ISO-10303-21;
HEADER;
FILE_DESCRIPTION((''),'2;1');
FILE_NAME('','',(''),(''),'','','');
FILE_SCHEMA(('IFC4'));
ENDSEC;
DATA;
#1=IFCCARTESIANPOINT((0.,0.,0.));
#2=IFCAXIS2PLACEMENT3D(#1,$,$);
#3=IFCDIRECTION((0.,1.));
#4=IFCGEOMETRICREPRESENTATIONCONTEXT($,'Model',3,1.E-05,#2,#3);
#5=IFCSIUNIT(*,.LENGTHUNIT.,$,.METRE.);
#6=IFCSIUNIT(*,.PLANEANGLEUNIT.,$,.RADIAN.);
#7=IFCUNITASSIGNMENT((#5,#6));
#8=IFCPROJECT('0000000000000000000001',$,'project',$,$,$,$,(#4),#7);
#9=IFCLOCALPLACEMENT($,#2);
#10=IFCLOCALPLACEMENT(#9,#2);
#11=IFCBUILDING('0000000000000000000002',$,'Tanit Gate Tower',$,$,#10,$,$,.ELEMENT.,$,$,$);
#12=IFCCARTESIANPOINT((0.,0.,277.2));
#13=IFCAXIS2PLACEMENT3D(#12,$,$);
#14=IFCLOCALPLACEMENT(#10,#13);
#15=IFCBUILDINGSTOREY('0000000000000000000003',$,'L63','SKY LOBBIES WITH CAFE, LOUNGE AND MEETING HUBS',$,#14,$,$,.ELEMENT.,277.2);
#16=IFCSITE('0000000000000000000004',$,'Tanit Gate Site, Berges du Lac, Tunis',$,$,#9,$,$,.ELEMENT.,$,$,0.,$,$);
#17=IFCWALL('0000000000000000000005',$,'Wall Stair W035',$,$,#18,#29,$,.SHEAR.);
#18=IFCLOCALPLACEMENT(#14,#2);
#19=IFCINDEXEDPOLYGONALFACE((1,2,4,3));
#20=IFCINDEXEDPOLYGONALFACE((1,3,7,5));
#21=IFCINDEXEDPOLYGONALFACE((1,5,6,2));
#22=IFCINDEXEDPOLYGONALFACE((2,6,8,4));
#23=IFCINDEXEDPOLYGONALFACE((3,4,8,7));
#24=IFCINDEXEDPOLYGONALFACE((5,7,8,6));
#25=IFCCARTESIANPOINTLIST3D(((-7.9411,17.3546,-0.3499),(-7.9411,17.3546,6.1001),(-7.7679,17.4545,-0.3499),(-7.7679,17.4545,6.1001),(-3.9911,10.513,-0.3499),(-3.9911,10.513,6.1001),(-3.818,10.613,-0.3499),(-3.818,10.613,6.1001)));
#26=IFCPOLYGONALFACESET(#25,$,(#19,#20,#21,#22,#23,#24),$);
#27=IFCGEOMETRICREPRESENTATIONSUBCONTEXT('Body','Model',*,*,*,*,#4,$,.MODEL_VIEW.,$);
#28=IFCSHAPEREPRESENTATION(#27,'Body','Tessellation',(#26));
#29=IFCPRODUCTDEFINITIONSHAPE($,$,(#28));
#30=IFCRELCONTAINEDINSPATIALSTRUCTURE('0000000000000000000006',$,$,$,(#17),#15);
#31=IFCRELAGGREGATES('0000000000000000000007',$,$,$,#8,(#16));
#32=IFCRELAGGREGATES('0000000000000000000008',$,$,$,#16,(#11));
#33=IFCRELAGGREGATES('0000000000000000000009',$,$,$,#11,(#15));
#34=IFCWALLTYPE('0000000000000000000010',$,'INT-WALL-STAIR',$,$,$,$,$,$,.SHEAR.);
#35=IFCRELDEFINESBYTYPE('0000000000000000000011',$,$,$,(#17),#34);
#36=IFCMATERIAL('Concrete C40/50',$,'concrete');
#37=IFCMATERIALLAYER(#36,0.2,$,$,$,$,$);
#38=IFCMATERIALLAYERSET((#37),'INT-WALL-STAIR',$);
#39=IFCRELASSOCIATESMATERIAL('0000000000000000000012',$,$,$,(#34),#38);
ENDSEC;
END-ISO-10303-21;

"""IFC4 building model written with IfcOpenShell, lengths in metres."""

from ifc_helpers import new_model, si_unit, direction, frame, frame_2d, origin, place, context, subcontext, project, spatial, rectangle, extrude, material, layer, layer_set, type_object, element, save


model = new_model("IFC4")

# Units and contexts
model_context = context("Model", 3, precision=1e-05, world=origin(), true_north=direction((0.0, 1.0)))
body_context = subcontext(model_context, "Body", "Model", "MODEL_VIEW")
ifc_project = project(units=[si_unit("LENGTHUNIT", "METRE"), si_unit("PLANEANGLEUNIT", "RADIAN")], contexts=[model_context])

# Site, building, storey
site_placement = place(None, origin())
site = spatial("IfcSite", under=ifc_project, at=site_placement, Name="Tanit Gate Site, Berges du Lac, Tunis", CompositionType="ELEMENT", RefElevation=0.0)
building_placement = place(site_placement, origin())
building = spatial("IfcBuilding", under=site, at=building_placement, Name="Tanit Gate Tower", CompositionType="ELEMENT")
storey_placement = place(building_placement, frame((0.0, 0.0, 277.2)))
storey = spatial("IfcBuildingStorey", under=building, at=storey_placement, Name="L63", Description="SKY LOBBIES WITH CAFE, LOUNGE AND MEETING HUBS", CompositionType="ELEMENT", Elevation=277.2)

# Wall
ifc_material_1 = material(Name="Concrete C40/50", Category="concrete")
ifc_layer_1 = layer(ifc_material_1, 0.2)
ifc_layer_set_1 = layer_set([ifc_layer_1], Name="INT-WALL-STAIR")
wall_type_1 = type_object("IfcWallType", Name="INT-WALL-STAIR", PredefinedType="SHEAR", material=ifc_layer_set_1)
wall_1_placement = place(storey_placement, frame((-7.8545, 17.4045, -0.3499), z_axis=(0.0, 0.0, 1.0), x_axis=(0.499998, -0.866027, 0.0)))
element("IfcWall", 1, at=wall_1_placement, inside=storey, type_object=wall_type_1, Name="Wall Stair W035", PredefinedType="SHEAR", context=body_context, shape_type="SweptSolid", body=[
    extrude(rectangle(XDim=7.8999, YDim=0.2, at=frame_2d((3.95, 0.0))), origin(), (0.0, 0.0, 1.0), 6.45),
])

save(model, "model.ifc")
